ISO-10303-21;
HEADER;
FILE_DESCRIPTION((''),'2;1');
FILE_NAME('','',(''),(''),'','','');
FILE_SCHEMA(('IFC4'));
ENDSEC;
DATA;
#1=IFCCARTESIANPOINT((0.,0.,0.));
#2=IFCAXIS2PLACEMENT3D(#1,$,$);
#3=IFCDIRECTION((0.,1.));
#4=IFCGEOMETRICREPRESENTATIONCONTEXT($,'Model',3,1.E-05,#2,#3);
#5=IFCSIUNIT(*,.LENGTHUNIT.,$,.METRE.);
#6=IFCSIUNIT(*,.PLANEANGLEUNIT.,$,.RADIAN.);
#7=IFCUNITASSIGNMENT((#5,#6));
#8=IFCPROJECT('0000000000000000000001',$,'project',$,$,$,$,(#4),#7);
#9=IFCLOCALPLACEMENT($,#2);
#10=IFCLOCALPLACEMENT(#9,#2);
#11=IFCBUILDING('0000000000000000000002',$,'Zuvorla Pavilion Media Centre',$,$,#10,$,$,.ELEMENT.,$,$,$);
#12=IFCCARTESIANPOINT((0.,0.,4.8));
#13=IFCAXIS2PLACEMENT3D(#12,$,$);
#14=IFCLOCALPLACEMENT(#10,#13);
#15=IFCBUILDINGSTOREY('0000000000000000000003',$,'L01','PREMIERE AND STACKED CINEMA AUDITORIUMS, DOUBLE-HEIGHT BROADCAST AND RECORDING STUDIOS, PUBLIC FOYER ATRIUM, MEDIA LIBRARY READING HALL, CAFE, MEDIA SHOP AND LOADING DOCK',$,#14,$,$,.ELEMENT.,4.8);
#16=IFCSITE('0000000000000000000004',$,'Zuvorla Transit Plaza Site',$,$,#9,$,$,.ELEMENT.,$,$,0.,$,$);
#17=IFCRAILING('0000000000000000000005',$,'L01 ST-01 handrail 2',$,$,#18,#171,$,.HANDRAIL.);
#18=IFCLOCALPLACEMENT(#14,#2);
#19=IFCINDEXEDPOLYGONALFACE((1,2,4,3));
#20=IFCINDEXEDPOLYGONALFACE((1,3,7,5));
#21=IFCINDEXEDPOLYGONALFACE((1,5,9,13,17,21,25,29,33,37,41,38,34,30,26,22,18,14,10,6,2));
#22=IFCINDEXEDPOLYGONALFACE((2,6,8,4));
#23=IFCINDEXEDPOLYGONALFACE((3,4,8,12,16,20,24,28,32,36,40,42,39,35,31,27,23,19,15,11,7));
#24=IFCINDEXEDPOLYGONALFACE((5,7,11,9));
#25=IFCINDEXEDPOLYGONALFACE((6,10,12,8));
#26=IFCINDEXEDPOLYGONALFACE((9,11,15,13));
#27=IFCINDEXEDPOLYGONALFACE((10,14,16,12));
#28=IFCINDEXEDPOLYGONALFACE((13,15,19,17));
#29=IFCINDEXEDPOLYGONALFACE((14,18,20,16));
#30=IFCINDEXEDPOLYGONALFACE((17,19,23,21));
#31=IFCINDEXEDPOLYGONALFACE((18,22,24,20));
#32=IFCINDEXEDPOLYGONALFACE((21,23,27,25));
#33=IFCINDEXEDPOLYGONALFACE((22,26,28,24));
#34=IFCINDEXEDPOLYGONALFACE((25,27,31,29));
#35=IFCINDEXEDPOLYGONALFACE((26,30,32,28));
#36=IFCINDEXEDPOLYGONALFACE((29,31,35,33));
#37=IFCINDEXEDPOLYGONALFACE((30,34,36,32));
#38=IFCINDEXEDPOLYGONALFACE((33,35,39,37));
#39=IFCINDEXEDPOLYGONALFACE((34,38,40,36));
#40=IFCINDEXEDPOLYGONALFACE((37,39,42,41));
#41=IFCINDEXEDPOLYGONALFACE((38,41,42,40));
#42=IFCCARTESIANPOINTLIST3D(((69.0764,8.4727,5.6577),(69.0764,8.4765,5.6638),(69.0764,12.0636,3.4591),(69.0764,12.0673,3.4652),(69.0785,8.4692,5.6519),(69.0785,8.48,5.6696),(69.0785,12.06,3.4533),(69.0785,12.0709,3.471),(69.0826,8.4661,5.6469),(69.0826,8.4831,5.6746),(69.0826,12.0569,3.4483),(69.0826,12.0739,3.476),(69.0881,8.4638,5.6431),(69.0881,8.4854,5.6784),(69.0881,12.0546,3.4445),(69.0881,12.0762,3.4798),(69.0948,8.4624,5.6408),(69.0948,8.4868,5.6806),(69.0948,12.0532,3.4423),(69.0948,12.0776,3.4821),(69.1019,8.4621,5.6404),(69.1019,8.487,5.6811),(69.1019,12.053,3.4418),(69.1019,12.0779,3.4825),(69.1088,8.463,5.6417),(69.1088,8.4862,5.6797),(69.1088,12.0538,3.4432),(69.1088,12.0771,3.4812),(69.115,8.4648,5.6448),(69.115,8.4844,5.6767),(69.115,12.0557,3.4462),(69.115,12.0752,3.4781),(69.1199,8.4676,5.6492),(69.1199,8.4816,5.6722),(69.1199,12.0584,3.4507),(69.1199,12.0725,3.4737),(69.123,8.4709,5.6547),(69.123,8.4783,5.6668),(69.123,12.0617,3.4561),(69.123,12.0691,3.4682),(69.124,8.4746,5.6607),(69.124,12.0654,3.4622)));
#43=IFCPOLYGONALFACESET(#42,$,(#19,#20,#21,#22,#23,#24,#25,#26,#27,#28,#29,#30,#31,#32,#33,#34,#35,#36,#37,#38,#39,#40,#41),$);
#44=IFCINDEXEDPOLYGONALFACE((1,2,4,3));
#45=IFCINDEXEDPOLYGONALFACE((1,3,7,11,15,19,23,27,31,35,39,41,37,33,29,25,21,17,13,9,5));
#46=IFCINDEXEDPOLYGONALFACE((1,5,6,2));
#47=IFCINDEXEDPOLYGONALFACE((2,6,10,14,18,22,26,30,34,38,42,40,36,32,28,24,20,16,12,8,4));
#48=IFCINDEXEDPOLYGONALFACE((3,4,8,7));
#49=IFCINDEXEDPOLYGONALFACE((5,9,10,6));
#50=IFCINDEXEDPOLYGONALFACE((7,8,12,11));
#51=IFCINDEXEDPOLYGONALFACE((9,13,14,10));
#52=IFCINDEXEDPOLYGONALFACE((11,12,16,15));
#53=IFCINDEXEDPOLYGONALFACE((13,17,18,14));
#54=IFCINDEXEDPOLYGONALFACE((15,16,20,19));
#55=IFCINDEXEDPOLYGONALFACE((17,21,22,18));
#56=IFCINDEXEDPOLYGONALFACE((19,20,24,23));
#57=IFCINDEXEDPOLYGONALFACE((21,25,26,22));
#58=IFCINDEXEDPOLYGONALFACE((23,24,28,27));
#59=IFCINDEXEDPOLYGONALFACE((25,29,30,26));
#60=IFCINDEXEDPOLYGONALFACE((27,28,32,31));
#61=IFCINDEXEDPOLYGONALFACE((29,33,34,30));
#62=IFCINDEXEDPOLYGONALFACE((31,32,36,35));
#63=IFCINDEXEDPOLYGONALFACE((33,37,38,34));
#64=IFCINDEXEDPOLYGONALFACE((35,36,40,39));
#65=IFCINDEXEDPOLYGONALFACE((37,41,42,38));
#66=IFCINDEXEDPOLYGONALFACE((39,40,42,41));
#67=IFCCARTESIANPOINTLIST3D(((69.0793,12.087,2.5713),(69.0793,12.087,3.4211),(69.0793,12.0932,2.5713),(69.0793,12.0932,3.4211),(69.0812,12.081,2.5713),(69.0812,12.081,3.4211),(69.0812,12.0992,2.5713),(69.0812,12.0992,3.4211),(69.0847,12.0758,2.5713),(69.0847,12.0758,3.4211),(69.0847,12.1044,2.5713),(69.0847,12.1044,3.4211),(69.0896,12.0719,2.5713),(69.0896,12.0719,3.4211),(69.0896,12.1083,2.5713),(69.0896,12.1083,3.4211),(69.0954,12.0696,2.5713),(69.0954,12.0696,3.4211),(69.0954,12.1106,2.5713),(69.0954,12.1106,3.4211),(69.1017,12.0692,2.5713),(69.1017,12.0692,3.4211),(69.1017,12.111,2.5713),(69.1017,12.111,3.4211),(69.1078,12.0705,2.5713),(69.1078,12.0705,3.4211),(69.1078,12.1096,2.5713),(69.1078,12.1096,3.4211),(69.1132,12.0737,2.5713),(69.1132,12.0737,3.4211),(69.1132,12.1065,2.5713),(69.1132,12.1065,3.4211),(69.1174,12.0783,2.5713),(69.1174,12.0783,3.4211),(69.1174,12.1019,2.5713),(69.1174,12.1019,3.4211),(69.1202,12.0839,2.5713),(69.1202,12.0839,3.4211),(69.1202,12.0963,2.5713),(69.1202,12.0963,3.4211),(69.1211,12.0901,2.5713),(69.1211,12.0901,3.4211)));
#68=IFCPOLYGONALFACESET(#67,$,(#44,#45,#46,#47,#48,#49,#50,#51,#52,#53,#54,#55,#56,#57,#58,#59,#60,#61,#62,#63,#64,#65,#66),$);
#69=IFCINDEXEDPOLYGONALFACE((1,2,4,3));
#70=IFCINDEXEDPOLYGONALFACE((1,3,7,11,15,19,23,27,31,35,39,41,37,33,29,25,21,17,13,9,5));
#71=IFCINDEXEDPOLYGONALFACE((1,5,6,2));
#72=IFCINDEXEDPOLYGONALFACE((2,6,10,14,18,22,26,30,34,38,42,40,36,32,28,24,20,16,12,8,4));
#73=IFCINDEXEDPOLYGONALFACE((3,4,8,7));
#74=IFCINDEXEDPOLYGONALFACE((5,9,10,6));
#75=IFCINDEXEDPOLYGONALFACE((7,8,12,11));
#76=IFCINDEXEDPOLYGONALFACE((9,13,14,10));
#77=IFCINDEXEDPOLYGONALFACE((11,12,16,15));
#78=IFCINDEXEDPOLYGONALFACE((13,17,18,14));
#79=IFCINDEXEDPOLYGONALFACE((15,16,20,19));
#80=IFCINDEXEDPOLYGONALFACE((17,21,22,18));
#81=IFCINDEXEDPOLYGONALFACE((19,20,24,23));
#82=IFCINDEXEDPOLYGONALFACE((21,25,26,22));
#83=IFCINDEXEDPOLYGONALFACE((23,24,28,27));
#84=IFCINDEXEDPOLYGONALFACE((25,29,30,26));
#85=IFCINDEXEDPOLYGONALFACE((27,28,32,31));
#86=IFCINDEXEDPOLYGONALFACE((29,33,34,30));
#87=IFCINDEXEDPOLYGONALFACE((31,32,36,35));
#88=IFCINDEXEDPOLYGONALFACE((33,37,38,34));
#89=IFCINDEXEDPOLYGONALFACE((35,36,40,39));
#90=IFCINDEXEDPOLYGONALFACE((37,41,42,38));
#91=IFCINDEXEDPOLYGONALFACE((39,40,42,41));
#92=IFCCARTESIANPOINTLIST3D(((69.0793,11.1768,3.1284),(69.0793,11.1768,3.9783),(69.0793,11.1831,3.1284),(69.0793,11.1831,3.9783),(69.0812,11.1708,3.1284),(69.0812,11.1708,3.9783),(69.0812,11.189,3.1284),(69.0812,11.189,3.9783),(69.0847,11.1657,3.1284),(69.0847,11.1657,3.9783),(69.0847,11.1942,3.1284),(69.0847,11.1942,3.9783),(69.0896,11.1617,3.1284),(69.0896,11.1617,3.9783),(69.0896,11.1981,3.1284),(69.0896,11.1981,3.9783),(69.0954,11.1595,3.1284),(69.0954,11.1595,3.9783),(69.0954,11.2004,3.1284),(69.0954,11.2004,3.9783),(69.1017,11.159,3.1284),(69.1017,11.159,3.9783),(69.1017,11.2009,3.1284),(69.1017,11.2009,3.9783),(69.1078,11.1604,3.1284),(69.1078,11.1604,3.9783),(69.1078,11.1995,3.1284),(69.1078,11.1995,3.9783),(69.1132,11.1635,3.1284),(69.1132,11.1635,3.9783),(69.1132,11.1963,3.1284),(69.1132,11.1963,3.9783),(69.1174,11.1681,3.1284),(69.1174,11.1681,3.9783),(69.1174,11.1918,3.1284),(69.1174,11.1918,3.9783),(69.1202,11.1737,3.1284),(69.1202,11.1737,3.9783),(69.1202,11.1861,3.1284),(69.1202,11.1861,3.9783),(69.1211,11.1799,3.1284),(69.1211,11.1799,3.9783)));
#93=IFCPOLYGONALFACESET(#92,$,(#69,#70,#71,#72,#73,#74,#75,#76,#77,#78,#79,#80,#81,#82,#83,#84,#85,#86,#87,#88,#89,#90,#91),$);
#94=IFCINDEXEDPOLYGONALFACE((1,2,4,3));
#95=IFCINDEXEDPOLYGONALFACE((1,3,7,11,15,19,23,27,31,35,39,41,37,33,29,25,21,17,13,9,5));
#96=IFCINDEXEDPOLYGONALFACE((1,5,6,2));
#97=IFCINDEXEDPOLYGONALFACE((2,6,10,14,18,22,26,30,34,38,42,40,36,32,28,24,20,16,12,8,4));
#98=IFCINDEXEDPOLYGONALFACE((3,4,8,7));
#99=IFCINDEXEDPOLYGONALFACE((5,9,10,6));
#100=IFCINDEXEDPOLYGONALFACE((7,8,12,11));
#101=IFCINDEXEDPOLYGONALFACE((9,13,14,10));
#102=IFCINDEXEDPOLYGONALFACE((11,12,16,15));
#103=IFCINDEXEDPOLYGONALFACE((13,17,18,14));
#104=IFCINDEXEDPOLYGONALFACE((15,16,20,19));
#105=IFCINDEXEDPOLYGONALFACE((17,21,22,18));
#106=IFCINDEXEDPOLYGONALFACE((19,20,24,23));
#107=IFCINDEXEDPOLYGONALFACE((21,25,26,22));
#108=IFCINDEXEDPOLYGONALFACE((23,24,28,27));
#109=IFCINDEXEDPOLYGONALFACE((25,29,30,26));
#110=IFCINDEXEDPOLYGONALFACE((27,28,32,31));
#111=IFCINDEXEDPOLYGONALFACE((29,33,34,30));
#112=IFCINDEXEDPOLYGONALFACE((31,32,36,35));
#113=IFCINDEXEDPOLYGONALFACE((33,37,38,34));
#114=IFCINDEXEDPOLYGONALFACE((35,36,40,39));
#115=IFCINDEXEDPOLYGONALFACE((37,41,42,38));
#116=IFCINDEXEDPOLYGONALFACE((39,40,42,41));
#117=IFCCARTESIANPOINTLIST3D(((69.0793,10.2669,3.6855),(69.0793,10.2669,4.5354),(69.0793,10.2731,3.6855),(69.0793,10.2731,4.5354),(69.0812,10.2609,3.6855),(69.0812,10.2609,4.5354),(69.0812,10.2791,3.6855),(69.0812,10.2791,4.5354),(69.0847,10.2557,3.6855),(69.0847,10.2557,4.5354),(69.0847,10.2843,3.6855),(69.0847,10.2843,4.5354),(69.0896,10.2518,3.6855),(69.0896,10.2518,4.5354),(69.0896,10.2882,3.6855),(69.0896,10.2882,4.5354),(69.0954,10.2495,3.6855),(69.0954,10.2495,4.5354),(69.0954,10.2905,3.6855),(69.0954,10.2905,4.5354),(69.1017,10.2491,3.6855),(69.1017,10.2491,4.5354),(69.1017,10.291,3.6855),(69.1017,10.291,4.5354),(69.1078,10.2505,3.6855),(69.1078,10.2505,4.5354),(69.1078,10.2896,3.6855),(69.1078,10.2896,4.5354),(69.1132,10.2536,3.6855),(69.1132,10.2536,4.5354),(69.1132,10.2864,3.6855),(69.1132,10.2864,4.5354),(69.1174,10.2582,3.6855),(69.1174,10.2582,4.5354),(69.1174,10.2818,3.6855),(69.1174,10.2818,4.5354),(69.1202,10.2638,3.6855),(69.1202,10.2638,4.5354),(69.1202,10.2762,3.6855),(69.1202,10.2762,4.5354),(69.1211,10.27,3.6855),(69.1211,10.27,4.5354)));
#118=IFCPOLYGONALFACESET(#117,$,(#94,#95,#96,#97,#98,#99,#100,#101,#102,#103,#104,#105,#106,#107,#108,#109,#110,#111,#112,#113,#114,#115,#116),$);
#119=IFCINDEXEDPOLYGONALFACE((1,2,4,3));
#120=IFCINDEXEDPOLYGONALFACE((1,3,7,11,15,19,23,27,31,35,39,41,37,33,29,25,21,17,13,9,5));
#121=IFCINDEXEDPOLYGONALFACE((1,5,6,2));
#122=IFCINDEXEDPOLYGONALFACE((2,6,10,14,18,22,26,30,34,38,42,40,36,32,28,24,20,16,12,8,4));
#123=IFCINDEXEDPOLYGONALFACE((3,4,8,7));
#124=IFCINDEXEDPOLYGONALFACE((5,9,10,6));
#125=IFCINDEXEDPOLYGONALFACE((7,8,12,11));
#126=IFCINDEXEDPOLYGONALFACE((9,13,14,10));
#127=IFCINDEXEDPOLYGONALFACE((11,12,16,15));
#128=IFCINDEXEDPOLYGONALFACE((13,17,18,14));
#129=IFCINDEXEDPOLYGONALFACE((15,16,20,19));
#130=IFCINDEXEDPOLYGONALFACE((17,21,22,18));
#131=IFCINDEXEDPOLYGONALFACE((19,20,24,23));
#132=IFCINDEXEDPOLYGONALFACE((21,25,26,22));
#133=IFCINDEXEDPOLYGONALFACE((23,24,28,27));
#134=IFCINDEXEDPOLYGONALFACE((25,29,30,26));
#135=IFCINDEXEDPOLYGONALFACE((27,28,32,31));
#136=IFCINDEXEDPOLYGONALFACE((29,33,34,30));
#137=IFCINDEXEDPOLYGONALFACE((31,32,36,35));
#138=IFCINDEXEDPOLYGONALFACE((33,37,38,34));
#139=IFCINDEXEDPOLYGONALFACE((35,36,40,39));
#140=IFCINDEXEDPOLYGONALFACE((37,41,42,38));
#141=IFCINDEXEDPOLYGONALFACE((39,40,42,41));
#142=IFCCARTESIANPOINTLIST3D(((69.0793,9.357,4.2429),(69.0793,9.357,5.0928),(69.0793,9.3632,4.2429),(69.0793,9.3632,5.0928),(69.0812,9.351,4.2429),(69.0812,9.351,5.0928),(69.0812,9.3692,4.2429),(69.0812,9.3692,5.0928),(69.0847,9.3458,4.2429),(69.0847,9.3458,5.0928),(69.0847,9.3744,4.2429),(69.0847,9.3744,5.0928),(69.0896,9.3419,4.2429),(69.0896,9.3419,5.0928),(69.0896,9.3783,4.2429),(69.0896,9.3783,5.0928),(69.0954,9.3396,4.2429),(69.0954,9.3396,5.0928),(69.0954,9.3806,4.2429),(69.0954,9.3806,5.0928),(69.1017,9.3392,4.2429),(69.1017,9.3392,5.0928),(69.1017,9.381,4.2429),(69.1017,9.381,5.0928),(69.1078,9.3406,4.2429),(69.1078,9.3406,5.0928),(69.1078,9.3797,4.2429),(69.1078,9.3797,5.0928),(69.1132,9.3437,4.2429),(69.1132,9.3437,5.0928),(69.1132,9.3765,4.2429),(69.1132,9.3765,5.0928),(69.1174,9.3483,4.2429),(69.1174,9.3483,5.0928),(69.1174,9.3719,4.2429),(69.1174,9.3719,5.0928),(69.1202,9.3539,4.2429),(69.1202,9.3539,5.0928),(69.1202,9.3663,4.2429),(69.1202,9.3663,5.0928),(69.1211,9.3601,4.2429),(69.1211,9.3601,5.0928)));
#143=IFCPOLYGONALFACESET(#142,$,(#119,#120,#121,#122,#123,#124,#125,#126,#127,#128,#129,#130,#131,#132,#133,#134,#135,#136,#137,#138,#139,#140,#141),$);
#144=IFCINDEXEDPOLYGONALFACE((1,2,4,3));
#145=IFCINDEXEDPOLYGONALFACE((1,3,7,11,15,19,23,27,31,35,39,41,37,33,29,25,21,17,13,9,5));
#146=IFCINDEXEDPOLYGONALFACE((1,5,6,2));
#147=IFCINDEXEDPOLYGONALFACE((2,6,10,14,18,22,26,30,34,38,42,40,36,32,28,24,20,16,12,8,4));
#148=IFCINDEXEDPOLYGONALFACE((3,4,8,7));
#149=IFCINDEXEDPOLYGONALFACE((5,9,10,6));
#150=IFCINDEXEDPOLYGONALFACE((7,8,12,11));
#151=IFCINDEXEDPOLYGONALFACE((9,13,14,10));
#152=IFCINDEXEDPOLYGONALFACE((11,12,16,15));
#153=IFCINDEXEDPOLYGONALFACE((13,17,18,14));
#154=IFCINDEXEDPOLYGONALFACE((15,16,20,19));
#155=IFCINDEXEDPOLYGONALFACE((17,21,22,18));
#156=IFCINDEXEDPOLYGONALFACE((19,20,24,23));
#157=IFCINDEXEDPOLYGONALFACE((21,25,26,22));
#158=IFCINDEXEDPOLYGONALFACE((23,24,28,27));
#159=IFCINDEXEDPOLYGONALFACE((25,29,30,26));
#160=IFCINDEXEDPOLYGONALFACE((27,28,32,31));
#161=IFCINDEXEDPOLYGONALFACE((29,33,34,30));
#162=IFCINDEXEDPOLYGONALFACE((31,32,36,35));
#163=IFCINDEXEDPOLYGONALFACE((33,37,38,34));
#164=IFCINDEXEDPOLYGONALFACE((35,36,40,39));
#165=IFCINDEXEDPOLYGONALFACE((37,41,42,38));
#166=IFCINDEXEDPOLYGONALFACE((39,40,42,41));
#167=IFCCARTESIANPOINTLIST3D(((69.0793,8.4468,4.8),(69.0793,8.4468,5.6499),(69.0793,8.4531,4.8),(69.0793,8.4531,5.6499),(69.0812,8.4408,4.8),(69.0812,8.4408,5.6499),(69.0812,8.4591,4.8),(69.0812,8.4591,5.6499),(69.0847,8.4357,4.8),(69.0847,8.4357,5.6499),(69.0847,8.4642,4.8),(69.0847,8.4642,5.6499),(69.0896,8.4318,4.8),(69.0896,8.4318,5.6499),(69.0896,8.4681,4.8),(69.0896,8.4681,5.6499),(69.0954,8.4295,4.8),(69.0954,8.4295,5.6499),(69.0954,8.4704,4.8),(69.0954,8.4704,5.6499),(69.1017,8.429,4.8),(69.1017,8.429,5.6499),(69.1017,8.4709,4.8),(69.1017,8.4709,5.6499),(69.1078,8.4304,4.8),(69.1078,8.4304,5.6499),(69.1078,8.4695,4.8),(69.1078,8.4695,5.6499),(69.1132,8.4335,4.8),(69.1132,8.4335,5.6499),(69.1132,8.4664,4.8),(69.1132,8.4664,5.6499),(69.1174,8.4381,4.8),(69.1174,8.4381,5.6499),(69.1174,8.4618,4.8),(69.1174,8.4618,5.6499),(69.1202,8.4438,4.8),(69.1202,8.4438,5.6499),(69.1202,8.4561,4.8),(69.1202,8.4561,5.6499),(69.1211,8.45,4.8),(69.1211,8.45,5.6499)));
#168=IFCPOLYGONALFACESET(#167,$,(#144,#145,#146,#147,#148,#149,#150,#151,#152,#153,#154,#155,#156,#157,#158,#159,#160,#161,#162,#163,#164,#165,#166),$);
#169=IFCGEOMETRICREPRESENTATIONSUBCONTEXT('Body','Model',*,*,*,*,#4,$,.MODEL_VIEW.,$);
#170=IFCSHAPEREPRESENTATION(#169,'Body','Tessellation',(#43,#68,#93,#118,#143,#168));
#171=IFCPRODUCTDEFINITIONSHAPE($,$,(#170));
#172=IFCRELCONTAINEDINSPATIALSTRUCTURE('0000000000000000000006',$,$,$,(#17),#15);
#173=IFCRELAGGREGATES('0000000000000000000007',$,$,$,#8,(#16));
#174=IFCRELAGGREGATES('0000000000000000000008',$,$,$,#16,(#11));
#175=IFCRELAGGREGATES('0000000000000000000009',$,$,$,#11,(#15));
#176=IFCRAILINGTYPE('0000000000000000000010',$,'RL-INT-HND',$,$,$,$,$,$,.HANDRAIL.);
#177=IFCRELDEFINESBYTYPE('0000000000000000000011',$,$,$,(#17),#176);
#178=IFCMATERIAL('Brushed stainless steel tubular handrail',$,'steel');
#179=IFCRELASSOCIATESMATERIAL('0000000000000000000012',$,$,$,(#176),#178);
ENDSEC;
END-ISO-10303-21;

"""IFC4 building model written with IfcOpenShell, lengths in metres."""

from ifc_helpers import new_model, si_unit, direction, frame, origin, origin_2d, place, context, subcontext, project, spatial, circle, extrude, material, type_object, element, save


model = new_model("IFC4")

# Units and contexts
model_context = context("Model", 3, precision=1e-05, world=origin(), true_north=direction((0.0, 1.0)))
body_context = subcontext(model_context, "Body", "Model", "MODEL_VIEW")
ifc_project = project(units=[si_unit("LENGTHUNIT", "METRE"), si_unit("PLANEANGLEUNIT", "RADIAN")], contexts=[model_context])

# Site, building, storey
site_placement = place(None, origin())
site = spatial("IfcSite", under=ifc_project, at=site_placement, Name="Zuvorla Transit Plaza Site", CompositionType="ELEMENT", RefElevation=0.0)
building_placement = place(site_placement, origin())
building = spatial("IfcBuilding", under=site, at=building_placement, Name="Zuvorla Pavilion Media Centre", CompositionType="ELEMENT")
storey_placement = place(building_placement, frame((0.0, 0.0, 4.8)))
storey = spatial("IfcBuildingStorey", under=building, at=storey_placement, Name="L01", Description="PREMIERE AND STACKED CINEMA AUDITORIUMS, DOUBLE-HEIGHT BROADCAST AND RECORDING STUDIOS, PUBLIC FOYER ATRIUM, MEDIA LIBRARY READING HALL, CAFE, MEDIA SHOP AND LOADING DOCK", CompositionType="ELEMENT", Elevation=4.8)

# Railing
ifc_material_1 = material(Name="Brushed stainless steel tubular handrail", Category="steel")
railing_type_1 = type_object("IfcRailingType", Name="RL-INT-HND", PredefinedType="HANDRAIL", material=ifc_material_1)
railing_1_placement = place(storey_placement, frame((69.1001, 12.0901, 2.5713)))
element("IfcRailing", 1, at=railing_1_placement, inside=storey, type_object=railing_type_1, Name="L01 ST-01 handrail 2", PredefinedType="HANDRAIL", context=body_context, shape_type="SweptSolid", body=[
    extrude(circle(Radius=0.0239, at=origin_2d()), frame((0.0, -0.0247, 0.8909), z_axis=(0.0, -0.85284, 0.522172), x_axis=(1.0, 0.0, 0.0)), (0.0, 0.0, 1.0), 4.2104),
    extrude(circle(Radius=0.021, at=origin_2d()), origin(), (0.0, 0.0, 1.0), 0.8499),
    extrude(circle(Radius=0.021, at=origin_2d()), frame((0.0, -0.9102, 0.5571)), (0.0, 0.0, 1.0), 0.8499),
    extrude(circle(Radius=0.021, at=origin_2d()), frame((0.0, -1.8201, 1.1143)), (0.0, 0.0, 1.0), 0.8499),
    extrude(circle(Radius=0.021, at=origin_2d()), frame((0.0, -2.73, 1.6716)), (0.0, 0.0, 1.0), 0.8499),
    extrude(circle(Radius=0.021, at=origin_2d()), frame((0.0, -3.6401, 2.2288)), (0.0, 0.0, 1.0), 0.8499),
])

save(model, "model.ifc")
